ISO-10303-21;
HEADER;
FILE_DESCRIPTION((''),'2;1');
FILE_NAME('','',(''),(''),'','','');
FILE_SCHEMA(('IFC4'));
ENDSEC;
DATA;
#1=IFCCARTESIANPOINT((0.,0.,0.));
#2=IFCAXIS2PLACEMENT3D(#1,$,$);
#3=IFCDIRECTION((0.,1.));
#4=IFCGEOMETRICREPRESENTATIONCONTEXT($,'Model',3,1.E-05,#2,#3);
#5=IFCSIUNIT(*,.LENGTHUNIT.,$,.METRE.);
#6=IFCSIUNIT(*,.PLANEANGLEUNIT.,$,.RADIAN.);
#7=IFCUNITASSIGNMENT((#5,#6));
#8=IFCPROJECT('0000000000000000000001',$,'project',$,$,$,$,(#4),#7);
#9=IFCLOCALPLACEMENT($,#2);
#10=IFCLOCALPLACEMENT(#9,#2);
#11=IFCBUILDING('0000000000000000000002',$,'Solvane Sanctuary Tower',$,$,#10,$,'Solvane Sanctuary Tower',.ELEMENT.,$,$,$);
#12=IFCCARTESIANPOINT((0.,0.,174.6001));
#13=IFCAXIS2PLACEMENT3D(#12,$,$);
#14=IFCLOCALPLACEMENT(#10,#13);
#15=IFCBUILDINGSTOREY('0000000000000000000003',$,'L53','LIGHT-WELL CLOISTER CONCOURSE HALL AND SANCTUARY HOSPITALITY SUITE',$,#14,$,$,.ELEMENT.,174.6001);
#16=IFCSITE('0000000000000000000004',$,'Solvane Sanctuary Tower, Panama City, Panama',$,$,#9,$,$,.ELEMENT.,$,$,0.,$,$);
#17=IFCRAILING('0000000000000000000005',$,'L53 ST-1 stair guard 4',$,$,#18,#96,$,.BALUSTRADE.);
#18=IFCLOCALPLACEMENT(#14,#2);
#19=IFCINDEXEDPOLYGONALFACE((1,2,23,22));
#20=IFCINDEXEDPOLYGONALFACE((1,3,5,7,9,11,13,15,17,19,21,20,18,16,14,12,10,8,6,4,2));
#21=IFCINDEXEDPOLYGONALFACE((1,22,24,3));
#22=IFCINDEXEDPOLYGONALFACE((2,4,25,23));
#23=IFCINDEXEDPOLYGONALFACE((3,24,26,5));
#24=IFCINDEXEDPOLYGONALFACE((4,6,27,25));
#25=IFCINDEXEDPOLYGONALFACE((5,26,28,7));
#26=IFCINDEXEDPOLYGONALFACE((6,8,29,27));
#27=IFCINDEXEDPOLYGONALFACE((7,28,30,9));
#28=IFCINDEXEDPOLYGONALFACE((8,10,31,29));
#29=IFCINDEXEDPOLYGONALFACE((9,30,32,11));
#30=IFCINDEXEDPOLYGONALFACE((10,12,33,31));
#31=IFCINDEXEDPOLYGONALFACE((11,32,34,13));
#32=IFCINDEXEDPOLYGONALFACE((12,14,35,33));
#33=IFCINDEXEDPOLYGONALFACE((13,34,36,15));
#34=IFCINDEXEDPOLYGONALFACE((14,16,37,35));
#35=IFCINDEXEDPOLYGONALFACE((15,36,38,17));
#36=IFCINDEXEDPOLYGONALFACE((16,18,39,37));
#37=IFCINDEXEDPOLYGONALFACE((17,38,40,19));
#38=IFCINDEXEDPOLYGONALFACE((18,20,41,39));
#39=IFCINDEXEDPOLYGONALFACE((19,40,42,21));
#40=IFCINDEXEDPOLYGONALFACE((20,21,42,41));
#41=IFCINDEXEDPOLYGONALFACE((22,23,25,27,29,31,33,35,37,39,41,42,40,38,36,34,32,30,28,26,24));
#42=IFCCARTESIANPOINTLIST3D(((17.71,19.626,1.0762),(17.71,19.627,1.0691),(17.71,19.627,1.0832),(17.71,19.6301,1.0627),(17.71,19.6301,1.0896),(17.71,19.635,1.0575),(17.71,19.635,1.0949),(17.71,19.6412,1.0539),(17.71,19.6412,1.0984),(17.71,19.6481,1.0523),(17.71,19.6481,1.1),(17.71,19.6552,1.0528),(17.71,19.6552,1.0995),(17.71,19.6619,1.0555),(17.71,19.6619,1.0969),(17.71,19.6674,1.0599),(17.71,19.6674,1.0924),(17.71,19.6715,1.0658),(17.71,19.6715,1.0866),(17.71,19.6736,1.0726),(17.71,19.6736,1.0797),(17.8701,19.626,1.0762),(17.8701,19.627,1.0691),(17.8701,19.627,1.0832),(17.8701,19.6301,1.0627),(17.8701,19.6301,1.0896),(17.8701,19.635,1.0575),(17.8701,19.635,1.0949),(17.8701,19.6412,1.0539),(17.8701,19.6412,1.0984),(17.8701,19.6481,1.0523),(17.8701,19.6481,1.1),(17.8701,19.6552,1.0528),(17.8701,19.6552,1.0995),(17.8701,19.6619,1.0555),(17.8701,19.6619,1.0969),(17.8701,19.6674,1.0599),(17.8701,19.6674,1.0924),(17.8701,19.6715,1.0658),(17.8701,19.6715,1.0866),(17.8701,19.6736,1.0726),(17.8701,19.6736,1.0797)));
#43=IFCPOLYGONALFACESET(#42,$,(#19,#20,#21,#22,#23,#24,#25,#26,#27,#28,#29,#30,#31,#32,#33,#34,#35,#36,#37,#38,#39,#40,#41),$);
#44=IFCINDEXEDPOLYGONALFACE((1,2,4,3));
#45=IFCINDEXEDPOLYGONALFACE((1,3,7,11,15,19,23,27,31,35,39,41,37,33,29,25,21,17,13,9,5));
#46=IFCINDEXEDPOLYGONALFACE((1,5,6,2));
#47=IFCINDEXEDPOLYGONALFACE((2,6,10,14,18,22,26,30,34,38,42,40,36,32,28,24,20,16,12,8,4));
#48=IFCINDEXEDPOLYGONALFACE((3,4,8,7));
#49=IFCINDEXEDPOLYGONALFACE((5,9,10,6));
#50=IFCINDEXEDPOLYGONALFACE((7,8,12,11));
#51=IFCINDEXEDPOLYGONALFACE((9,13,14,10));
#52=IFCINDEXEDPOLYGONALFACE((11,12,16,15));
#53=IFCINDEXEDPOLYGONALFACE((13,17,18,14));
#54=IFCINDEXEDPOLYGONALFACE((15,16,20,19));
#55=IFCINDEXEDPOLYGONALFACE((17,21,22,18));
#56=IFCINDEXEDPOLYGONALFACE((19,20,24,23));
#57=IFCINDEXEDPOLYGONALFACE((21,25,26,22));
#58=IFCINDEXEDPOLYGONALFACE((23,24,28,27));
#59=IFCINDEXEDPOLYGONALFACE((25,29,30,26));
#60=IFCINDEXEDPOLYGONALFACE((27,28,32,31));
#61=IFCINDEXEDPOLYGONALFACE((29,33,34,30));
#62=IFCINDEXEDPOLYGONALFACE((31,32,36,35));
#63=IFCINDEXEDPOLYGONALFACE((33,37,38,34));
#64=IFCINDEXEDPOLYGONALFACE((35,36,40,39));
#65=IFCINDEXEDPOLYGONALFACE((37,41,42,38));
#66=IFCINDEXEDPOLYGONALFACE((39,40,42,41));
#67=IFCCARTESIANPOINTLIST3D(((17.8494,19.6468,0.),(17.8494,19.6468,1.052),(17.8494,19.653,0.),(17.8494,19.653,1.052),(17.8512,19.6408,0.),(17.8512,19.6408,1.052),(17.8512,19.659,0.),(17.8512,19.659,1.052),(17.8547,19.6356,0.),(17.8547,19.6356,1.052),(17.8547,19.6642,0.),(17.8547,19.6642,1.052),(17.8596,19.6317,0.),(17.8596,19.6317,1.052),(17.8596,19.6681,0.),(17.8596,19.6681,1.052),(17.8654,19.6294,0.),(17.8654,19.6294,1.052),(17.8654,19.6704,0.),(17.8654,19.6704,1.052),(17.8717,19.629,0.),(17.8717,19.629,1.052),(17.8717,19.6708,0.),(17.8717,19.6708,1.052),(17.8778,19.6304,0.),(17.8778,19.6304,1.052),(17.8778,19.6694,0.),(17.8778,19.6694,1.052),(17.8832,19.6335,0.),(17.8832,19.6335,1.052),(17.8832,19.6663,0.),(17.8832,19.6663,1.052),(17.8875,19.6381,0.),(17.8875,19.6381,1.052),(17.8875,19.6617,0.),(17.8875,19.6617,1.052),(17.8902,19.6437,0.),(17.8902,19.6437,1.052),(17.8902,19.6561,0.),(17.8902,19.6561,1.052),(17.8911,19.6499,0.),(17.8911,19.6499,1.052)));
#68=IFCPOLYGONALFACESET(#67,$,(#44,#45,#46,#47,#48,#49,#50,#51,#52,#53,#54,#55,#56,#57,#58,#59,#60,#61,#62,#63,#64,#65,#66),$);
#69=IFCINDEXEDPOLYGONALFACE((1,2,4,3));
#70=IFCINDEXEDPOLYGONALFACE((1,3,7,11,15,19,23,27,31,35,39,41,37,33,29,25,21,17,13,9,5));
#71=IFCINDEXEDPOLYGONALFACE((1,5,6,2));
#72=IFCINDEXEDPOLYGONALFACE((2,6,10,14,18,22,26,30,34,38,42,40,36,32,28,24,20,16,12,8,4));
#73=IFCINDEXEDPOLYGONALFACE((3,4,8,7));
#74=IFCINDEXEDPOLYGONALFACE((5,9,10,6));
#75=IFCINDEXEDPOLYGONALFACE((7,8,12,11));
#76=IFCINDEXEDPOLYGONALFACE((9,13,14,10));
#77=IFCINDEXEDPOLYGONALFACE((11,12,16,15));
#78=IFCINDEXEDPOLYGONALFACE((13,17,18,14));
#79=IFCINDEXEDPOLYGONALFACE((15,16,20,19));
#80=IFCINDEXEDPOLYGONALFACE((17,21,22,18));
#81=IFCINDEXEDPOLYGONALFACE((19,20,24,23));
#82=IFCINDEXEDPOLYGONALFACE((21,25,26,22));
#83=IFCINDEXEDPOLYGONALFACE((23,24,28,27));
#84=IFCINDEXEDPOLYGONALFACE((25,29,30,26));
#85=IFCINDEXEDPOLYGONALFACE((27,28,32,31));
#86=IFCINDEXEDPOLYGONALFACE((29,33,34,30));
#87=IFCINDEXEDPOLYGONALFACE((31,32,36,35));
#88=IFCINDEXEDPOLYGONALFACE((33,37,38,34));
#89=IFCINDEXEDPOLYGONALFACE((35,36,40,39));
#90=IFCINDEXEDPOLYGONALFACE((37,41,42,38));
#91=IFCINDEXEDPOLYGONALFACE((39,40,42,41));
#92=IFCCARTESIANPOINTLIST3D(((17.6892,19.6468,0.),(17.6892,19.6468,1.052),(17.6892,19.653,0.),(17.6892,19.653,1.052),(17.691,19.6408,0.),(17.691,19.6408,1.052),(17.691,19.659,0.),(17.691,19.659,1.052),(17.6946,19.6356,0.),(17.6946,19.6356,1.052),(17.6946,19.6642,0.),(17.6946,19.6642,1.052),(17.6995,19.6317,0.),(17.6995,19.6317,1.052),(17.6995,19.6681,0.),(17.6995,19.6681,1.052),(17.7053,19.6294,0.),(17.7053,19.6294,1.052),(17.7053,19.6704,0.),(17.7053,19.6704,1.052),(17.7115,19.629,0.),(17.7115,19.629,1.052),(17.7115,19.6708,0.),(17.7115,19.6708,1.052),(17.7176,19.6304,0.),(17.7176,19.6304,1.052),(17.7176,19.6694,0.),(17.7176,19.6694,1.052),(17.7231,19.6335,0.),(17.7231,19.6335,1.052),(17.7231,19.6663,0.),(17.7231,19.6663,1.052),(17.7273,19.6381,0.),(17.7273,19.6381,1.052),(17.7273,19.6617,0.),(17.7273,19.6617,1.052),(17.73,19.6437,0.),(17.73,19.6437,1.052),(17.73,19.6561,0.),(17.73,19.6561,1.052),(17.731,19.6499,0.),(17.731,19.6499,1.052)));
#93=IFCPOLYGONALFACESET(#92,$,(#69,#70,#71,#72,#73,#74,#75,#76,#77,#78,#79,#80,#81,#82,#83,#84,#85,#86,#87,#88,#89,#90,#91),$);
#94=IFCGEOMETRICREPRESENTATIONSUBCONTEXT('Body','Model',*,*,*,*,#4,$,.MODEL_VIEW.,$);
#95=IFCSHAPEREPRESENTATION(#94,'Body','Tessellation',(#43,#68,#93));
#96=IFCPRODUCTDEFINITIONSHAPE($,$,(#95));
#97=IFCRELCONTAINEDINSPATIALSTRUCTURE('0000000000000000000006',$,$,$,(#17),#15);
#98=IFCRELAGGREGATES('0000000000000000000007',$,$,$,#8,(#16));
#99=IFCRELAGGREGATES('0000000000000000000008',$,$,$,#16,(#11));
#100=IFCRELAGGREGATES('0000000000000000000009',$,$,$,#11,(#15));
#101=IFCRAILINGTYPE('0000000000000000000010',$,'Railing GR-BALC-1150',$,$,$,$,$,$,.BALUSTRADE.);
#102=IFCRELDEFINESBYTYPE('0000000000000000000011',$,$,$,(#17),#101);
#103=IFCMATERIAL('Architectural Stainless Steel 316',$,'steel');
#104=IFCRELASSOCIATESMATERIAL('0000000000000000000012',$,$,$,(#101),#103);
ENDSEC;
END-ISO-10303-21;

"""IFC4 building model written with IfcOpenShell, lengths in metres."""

from ifc_helpers import new_model, si_unit, direction, frame, origin, origin_2d, place, context, subcontext, project, spatial, circle, extrude, material, type_object, element, save


model = new_model("IFC4")

# Units and contexts
model_context = context("Model", 3, precision=1e-05, world=origin(), true_north=direction((0.0, 1.0)))
body_context = subcontext(model_context, "Body", "Model", "MODEL_VIEW")
ifc_project = project(units=[si_unit("LENGTHUNIT", "METRE"), si_unit("PLANEANGLEUNIT", "RADIAN")], contexts=[model_context])

# Site, building, storey
site_placement = place(None, origin())
site = spatial("IfcSite", under=ifc_project, at=site_placement, Name="Solvane Sanctuary Tower, Panama City, Panama", CompositionType="ELEMENT", RefElevation=0.0)
building_placement = place(site_placement, origin())
building = spatial("IfcBuilding", under=site, at=building_placement, Name="Solvane Sanctuary Tower", LongName="Solvane Sanctuary Tower", CompositionType="ELEMENT")
storey_placement = place(building_placement, frame((0.0, 0.0, 174.6001)))
storey = spatial("IfcBuildingStorey", under=building, at=storey_placement, Name="L53", Description="LIGHT-WELL CLOISTER CONCOURSE HALL AND SANCTUARY HOSPITALITY SUITE", CompositionType="ELEMENT", Elevation=174.6001)

# Shared definitions
ifc_material_1 = material(Name="Architectural Stainless Steel 316", Category="steel")

# Railing
railing_type = type_object("IfcRailingType", Name="Railing GR-BALC-1150", PredefinedType="BALUSTRADE", material=ifc_material_1)
railing_1_placement = place(storey_placement, frame((17.8701, 19.6499, 0.0)))
element("IfcRailing", 1, at=railing_1_placement, inside=storey, type_object=railing_type, Name="L53 ST-1 stair guard 4", PredefinedType="BALUSTRADE", context=body_context, shape_type="SweptSolid", body=[
    extrude(circle(Radius=0.0239, at=origin_2d()), frame((0.0, 0.0, 1.0762), z_axis=(-1.0, 0.0, 0.0), x_axis=(0.0, -1.0, 0.0)), (0.0, 0.0, 1.0), 0.1602),
    extrude(circle(Radius=0.021, at=origin_2d()), origin(), (0.0, 0.0, 1.0), 1.052),
    extrude(circle(Radius=0.021, at=origin_2d()), frame((-0.1602, 0.0, 0.0)), (0.0, 0.0, 1.0), 1.052),
])

save(model, "model.ifc")
